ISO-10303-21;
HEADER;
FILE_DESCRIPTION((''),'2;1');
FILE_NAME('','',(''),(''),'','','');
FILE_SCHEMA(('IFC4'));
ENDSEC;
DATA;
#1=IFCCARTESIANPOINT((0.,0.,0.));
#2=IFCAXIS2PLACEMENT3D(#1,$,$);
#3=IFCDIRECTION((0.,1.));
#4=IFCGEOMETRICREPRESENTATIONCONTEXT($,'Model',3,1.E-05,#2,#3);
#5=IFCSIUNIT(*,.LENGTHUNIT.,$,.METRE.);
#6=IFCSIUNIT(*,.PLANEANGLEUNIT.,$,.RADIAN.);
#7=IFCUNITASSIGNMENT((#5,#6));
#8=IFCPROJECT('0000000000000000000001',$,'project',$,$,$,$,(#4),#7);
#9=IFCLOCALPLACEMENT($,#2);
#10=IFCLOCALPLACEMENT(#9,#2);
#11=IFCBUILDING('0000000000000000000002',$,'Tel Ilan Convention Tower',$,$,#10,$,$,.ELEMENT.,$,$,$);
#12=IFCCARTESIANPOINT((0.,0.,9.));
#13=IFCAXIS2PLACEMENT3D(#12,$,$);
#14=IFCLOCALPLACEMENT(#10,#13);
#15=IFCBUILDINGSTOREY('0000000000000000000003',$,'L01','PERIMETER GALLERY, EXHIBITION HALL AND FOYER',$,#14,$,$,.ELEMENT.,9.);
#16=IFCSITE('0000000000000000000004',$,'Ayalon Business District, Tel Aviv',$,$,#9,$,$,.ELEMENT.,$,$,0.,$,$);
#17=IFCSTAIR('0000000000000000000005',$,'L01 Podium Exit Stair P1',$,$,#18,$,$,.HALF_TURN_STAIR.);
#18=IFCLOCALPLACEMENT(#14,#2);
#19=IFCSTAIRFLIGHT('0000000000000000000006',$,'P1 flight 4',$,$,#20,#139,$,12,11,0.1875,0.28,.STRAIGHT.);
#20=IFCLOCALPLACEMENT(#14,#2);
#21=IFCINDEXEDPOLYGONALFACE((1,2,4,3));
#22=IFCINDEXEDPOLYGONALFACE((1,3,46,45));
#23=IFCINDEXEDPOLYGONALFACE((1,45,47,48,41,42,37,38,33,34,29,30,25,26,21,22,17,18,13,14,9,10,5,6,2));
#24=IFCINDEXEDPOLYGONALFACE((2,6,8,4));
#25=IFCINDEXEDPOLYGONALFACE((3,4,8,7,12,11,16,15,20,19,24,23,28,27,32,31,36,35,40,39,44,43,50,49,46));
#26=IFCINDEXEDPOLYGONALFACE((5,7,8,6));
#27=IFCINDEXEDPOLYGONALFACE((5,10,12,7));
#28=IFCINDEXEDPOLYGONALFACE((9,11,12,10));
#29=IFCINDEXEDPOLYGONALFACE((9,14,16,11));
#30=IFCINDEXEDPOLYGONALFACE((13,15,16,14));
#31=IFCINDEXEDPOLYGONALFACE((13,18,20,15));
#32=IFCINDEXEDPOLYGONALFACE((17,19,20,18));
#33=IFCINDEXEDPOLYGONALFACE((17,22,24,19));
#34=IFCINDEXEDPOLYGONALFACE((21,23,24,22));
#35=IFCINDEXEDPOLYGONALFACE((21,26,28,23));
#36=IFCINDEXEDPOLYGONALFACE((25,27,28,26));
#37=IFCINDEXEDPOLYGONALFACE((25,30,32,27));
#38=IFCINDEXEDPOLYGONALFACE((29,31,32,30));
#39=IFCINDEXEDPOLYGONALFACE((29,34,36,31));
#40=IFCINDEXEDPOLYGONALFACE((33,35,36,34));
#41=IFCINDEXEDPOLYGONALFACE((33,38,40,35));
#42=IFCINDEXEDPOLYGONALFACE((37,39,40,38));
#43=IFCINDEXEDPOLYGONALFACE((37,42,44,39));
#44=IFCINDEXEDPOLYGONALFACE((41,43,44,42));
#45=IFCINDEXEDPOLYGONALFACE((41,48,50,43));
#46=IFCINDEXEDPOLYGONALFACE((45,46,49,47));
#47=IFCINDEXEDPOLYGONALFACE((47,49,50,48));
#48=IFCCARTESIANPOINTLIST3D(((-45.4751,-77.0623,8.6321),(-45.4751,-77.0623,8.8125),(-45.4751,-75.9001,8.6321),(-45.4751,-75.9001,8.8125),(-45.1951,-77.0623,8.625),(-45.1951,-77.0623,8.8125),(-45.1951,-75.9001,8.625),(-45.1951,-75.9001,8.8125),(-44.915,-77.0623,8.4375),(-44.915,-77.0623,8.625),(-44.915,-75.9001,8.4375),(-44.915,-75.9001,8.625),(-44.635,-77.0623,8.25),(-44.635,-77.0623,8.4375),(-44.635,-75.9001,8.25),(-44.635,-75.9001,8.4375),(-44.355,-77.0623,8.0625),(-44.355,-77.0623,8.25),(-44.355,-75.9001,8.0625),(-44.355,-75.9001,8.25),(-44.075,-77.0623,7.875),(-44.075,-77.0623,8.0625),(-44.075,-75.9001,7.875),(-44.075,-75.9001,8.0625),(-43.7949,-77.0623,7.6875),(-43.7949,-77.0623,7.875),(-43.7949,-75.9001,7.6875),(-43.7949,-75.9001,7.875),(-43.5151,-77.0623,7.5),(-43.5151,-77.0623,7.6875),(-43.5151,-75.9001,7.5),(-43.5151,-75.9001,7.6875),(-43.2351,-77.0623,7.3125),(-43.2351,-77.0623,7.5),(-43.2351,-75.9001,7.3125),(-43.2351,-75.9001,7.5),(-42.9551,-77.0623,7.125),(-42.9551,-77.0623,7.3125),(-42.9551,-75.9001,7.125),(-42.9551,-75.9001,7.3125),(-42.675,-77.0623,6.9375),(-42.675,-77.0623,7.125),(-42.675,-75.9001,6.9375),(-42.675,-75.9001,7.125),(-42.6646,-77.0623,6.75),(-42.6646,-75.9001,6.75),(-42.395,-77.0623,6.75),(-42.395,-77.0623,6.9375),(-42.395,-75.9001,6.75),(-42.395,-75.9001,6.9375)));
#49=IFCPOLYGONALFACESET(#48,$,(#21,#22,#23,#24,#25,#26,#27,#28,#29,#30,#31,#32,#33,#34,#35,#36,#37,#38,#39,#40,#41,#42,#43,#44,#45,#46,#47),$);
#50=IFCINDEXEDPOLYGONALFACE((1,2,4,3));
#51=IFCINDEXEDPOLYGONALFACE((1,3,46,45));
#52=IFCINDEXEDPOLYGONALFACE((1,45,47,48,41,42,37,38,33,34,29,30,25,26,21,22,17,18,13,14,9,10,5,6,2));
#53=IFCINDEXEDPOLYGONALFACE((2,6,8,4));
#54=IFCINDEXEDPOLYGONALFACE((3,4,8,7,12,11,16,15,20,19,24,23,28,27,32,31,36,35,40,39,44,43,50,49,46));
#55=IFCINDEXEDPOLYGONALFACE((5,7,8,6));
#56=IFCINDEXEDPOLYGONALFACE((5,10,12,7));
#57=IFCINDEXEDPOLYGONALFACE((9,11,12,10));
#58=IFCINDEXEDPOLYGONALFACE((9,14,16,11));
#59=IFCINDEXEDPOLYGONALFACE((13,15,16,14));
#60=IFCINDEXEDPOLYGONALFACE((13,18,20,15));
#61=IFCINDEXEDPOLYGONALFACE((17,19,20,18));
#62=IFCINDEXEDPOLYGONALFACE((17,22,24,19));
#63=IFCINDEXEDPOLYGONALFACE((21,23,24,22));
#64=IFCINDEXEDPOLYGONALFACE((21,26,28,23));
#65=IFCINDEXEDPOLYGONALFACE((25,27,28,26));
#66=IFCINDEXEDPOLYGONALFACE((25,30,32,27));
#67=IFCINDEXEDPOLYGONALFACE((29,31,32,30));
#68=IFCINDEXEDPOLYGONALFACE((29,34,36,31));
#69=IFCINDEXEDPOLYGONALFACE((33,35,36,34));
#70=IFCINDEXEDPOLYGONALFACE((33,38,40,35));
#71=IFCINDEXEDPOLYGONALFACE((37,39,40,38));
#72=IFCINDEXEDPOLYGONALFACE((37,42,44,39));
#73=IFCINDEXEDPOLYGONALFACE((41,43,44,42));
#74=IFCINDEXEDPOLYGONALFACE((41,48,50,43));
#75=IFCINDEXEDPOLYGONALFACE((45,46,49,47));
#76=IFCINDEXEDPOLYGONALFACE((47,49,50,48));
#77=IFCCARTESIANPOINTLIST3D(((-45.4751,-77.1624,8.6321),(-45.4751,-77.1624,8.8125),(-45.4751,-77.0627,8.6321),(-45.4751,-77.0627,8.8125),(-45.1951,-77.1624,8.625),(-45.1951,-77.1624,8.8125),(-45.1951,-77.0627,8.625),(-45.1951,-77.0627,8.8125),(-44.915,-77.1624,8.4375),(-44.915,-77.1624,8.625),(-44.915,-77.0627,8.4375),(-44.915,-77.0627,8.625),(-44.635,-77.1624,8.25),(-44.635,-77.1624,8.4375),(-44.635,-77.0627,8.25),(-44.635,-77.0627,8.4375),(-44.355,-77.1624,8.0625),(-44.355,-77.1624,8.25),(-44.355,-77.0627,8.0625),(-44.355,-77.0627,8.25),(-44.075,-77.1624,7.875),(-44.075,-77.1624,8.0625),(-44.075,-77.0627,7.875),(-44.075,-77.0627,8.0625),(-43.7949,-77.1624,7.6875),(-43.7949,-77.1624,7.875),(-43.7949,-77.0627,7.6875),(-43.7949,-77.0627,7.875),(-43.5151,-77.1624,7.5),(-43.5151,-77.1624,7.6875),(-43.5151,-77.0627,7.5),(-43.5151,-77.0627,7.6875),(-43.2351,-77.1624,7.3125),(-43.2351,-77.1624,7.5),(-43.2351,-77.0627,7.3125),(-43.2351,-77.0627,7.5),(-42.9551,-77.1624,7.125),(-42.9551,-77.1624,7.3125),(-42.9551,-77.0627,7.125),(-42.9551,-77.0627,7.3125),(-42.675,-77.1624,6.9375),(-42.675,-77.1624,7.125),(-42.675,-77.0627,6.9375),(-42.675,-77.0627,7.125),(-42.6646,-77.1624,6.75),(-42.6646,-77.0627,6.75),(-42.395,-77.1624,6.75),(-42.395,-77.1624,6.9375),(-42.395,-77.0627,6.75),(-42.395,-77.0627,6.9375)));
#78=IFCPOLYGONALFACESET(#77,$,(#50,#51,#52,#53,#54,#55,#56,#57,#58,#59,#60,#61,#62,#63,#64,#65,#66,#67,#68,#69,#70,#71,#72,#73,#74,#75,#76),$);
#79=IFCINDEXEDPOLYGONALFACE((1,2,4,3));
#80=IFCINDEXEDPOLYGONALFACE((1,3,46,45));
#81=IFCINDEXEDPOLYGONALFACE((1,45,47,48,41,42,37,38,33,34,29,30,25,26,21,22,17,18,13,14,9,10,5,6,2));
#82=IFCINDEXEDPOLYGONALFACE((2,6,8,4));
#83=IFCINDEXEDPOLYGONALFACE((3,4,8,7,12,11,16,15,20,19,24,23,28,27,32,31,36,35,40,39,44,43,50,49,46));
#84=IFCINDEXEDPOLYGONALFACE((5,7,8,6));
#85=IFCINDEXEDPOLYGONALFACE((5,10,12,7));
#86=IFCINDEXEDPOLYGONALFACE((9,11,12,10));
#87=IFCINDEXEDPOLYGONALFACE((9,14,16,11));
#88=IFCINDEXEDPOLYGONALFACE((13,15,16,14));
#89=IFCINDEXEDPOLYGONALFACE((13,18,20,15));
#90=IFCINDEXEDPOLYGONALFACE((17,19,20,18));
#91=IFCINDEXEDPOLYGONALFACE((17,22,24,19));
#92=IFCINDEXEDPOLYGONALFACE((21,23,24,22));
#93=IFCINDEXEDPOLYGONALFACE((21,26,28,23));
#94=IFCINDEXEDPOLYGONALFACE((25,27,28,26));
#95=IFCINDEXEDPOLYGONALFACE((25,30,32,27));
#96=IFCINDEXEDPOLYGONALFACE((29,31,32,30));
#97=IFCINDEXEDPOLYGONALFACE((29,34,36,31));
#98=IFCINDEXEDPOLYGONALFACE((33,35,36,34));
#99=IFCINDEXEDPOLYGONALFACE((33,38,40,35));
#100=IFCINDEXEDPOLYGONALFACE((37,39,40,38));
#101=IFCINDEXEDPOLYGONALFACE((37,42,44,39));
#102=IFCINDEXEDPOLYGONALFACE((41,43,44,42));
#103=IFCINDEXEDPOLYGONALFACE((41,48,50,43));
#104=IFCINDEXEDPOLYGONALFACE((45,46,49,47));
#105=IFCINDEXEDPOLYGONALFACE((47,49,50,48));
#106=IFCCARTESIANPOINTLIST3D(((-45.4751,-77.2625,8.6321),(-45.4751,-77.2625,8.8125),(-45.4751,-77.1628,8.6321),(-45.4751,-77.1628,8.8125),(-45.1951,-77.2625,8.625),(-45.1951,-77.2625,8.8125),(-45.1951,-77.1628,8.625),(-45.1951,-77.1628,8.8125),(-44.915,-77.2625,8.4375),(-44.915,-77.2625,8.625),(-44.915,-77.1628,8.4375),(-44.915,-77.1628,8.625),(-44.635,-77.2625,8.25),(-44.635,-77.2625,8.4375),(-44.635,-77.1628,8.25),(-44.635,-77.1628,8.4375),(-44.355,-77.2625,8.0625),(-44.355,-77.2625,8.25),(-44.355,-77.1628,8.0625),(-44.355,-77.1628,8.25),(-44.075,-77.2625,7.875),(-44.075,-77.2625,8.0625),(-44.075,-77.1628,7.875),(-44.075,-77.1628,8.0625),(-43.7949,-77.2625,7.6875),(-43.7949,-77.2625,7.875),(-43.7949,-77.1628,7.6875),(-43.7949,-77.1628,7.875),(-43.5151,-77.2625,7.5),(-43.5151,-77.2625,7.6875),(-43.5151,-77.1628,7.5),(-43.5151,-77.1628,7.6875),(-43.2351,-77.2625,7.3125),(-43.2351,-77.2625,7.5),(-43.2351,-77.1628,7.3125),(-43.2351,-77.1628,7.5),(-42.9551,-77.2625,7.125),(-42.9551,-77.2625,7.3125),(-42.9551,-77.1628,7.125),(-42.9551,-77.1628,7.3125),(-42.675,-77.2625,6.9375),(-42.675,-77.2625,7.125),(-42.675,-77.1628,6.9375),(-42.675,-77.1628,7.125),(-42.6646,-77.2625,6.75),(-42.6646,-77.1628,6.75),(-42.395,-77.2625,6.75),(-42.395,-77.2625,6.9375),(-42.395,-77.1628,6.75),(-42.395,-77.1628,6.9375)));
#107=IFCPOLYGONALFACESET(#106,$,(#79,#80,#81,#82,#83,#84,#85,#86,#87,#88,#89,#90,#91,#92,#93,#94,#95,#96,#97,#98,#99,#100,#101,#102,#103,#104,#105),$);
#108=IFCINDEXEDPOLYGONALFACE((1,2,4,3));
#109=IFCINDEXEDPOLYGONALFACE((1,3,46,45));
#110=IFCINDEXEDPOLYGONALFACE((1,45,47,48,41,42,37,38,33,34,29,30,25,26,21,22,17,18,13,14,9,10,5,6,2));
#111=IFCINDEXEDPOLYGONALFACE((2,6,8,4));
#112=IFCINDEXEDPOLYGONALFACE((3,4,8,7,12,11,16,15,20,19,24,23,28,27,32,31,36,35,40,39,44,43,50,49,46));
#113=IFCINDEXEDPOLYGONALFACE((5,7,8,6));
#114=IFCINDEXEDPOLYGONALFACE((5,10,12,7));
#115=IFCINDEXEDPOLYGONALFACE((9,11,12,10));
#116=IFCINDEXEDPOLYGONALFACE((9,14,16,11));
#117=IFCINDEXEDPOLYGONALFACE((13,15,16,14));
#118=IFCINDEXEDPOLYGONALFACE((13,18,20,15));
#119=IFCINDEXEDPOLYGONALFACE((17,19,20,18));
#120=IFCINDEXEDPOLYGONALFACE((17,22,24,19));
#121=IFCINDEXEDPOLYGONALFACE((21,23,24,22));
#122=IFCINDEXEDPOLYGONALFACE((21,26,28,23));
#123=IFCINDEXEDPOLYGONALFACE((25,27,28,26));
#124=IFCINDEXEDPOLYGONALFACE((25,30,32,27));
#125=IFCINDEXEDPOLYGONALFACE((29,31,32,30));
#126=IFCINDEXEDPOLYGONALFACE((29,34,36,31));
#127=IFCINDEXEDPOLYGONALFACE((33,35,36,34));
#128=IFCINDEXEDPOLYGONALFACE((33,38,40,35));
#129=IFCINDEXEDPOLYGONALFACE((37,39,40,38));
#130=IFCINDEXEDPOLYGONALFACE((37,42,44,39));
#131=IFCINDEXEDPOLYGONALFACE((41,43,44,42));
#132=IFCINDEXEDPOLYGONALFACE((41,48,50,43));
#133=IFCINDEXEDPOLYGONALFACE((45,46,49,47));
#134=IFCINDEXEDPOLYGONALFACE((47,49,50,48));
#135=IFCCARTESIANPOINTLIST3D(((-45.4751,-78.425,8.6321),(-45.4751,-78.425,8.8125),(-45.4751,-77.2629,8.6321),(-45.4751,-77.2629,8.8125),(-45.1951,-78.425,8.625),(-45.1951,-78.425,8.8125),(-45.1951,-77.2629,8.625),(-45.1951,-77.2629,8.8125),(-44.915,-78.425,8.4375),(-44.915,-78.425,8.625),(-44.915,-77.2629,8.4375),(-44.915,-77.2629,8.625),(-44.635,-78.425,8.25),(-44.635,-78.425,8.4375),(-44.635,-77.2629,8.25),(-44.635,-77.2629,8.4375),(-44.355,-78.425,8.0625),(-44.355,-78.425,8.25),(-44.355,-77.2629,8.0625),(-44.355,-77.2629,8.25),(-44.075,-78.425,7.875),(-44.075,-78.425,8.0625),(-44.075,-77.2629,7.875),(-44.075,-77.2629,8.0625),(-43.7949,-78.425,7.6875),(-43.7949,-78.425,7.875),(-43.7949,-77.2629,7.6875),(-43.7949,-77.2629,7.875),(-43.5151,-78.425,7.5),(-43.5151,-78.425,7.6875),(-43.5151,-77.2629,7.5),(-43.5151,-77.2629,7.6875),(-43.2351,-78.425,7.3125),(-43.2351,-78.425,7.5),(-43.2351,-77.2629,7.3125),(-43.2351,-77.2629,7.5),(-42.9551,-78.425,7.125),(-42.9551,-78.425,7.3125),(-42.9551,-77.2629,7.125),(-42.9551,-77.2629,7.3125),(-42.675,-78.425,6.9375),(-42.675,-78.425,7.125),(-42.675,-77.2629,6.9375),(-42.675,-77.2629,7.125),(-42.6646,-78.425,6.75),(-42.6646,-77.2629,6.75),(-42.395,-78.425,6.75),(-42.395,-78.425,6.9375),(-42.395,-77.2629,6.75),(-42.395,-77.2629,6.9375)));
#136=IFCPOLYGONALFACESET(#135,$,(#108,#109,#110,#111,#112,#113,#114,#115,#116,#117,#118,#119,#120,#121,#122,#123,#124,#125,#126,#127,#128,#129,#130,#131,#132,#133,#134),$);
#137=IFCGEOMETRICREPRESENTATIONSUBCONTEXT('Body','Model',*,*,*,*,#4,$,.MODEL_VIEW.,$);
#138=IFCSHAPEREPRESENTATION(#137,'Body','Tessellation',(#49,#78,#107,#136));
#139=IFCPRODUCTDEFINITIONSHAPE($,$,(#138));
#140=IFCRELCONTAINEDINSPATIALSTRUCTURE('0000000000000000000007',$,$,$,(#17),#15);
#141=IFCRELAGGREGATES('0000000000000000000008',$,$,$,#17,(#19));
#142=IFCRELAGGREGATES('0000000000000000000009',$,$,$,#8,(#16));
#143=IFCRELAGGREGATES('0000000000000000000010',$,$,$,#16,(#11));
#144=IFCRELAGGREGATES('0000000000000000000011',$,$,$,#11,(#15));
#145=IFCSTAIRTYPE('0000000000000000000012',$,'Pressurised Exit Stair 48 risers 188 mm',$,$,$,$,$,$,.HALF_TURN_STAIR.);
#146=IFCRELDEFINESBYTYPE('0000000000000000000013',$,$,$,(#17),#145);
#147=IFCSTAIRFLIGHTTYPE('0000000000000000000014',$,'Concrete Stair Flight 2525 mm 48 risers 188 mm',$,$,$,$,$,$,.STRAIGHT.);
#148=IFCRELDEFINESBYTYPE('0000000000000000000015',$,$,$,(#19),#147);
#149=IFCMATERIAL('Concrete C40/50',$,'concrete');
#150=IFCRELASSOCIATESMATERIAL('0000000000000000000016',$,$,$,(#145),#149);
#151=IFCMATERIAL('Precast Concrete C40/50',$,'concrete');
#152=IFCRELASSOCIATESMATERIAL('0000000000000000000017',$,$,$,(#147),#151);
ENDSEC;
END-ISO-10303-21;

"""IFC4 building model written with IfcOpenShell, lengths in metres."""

from ifc_helpers import new_model, si_unit, direction, frame, origin, place, context, subcontext, project, spatial, polyline, outline, extrude, material, type_object, element, aggregate, save


model = new_model("IFC4")

# Units and contexts
model_context = context("Model", 3, precision=1e-05, world=origin(), true_north=direction((0.0, 1.0)))
body_context = subcontext(model_context, "Body", "Model", "MODEL_VIEW")
ifc_project = project(units=[si_unit("LENGTHUNIT", "METRE"), si_unit("PLANEANGLEUNIT", "RADIAN")], contexts=[model_context])

# Site, building, storey
site_placement = place(None, origin())
site = spatial("IfcSite", under=ifc_project, at=site_placement, Name="Ayalon Business District, Tel Aviv", CompositionType="ELEMENT", RefElevation=0.0)
building_placement = place(site_placement, origin())
building = spatial("IfcBuilding", under=site, at=building_placement, Name="Tel Ilan Convention Tower", CompositionType="ELEMENT")
storey_placement = place(building_placement, frame((0.0, 0.0, 9.0)))
storey = spatial("IfcBuildingStorey", under=building, at=storey_placement, Name="L01", Description="PERIMETER GALLERY, EXHIBITION HALL AND FOYER", CompositionType="ELEMENT", Elevation=9.0)

# Stair, stair flight
ifc_material_1 = material(Name="Concrete C40/50", Category="concrete")
stair_type = type_object("IfcStairType", Name="Pressurised Exit Stair 48 risers 188 mm", PredefinedType="HALF_TURN_STAIR", material=ifc_material_1)
stair_1_placement = place(storey_placement, origin())
stair_1 = element("IfcStair", 1, at=stair_1_placement, inside=storey, type_object=stair_type, Name="L01 Podium Exit Stair P1", PredefinedType="HALF_TURN_STAIR")
ifc_material_2 = material(Name="Precast Concrete C40/50", Category="concrete")
stair_flight_type = type_object("IfcStairFlightType", Name="Concrete Stair Flight 2525 mm 48 risers 188 mm", PredefinedType="STRAIGHT", material=ifc_material_2)
stair_flight_1_placement = place(storey_placement, frame((-42.395, -77.1626, 6.75), z_axis=(0.0, 0.0, 1.0), x_axis=(-1.0, 0.0, 0.0)))
stair_flight_1 = element("IfcStairFlight", 2, at=stair_flight_1_placement, type_object=stair_flight_type, Name="P1 flight 4", NumberOfRisers=12, NumberOfTreads=11, PredefinedType="STRAIGHT", RiserHeight=0.1875, TreadLength=0.28, context=body_context, shape_type="SweptSolid", body=[
    extrude(outline(polyline([(0.0, 0.0), (0.0, 0.1875), (0.28, 0.1875), (0.28, 0.375), (0.5601, 0.375), (0.5601, 0.5625), (0.8401, 0.5625), (0.8401, 0.75), (1.1201, 0.75), (1.1201, 0.9375), (1.3999, 0.9375), (1.3999, 1.125), (1.6799, 1.125), (1.6799, 1.3125), (1.96, 1.3125), (1.96, 1.5), (2.24, 1.5), (2.24, 1.6875), (2.52, 1.6875), (2.52, 1.875), (2.8, 1.875), (2.8, 2.0625), (3.0801, 2.0625), (3.0801, 2.25), (3.0801, 1.8821), (0.2695, 0.0), (0.0, 0.0)])), frame((0.0, -0.1003, 0.0), z_axis=(0.0, -1.0, 0.0), x_axis=(1.0, 0.0, 0.0)), (0.0, 0.0, 1.0), 1.1621),
    extrude(outline(polyline([(0.0, 0.0), (0.0, 0.1875), (0.28, 0.1875), (0.28, 0.375), (0.5601, 0.375), (0.5601, 0.5625), (0.8401, 0.5625), (0.8401, 0.75), (1.1201, 0.75), (1.1201, 0.9375), (1.3999, 0.9375), (1.3999, 1.125), (1.6799, 1.125), (1.6799, 1.3125), (1.96, 1.3125), (1.96, 1.5), (2.24, 1.5), (2.24, 1.6875), (2.52, 1.6875), (2.52, 1.875), (2.8, 1.875), (2.8, 2.0625), (3.0801, 2.0625), (3.0801, 2.25), (3.0801, 1.8821), (0.2695, 0.0), (0.0, 0.0)])), frame((0.0, -0.0002, 0.0), z_axis=(0.0, -1.0, 0.0), x_axis=(1.0, 0.0, 0.0)), (0.0, 0.0, 1.0), 0.0996),
    extrude(outline(polyline([(0.0, 0.0), (0.0, 0.1875), (0.28, 0.1875), (0.28, 0.375), (0.5601, 0.375), (0.5601, 0.5625), (0.8401, 0.5625), (0.8401, 0.75), (1.1201, 0.75), (1.1201, 0.9375), (1.3999, 0.9375), (1.3999, 1.125), (1.6799, 1.125), (1.6799, 1.3125), (1.96, 1.3125), (1.96, 1.5), (2.24, 1.5), (2.24, 1.6875), (2.52, 1.6875), (2.52, 1.875), (2.8, 1.875), (2.8, 2.0625), (3.0801, 2.0625), (3.0801, 2.25), (3.0801, 1.8821), (0.2695, 0.0), (0.0, 0.0)])), frame((0.0, 0.0999, 0.0), z_axis=(0.0, -1.0, 0.0), x_axis=(1.0, 0.0, 0.0)), (0.0, 0.0, 1.0), 0.0996),
    extrude(outline(polyline([(0.0, 0.0), (0.0, 0.1875), (0.28, 0.1875), (0.28, 0.375), (0.5601, 0.375), (0.5601, 0.5625), (0.8401, 0.5625), (0.8401, 0.75), (1.1201, 0.75), (1.1201, 0.9375), (1.3999, 0.9375), (1.3999, 1.125), (1.6799, 1.125), (1.6799, 1.3125), (1.96, 1.3125), (1.96, 1.5), (2.24, 1.5), (2.24, 1.6875), (2.52, 1.6875), (2.52, 1.875), (2.8, 1.875), (2.8, 2.0625), (3.0801, 2.0625), (3.0801, 2.25), (3.0801, 1.8821), (0.2695, 0.0), (0.0, 0.0)])), frame((0.0, 1.2625, 0.0), z_axis=(0.0, -1.0, 0.0), x_axis=(1.0, 0.0, 0.0)), (0.0, 0.0, 1.0), 1.1621),
])
aggregate(stair_1, [stair_flight_1])

save(model, "model.ifc")
